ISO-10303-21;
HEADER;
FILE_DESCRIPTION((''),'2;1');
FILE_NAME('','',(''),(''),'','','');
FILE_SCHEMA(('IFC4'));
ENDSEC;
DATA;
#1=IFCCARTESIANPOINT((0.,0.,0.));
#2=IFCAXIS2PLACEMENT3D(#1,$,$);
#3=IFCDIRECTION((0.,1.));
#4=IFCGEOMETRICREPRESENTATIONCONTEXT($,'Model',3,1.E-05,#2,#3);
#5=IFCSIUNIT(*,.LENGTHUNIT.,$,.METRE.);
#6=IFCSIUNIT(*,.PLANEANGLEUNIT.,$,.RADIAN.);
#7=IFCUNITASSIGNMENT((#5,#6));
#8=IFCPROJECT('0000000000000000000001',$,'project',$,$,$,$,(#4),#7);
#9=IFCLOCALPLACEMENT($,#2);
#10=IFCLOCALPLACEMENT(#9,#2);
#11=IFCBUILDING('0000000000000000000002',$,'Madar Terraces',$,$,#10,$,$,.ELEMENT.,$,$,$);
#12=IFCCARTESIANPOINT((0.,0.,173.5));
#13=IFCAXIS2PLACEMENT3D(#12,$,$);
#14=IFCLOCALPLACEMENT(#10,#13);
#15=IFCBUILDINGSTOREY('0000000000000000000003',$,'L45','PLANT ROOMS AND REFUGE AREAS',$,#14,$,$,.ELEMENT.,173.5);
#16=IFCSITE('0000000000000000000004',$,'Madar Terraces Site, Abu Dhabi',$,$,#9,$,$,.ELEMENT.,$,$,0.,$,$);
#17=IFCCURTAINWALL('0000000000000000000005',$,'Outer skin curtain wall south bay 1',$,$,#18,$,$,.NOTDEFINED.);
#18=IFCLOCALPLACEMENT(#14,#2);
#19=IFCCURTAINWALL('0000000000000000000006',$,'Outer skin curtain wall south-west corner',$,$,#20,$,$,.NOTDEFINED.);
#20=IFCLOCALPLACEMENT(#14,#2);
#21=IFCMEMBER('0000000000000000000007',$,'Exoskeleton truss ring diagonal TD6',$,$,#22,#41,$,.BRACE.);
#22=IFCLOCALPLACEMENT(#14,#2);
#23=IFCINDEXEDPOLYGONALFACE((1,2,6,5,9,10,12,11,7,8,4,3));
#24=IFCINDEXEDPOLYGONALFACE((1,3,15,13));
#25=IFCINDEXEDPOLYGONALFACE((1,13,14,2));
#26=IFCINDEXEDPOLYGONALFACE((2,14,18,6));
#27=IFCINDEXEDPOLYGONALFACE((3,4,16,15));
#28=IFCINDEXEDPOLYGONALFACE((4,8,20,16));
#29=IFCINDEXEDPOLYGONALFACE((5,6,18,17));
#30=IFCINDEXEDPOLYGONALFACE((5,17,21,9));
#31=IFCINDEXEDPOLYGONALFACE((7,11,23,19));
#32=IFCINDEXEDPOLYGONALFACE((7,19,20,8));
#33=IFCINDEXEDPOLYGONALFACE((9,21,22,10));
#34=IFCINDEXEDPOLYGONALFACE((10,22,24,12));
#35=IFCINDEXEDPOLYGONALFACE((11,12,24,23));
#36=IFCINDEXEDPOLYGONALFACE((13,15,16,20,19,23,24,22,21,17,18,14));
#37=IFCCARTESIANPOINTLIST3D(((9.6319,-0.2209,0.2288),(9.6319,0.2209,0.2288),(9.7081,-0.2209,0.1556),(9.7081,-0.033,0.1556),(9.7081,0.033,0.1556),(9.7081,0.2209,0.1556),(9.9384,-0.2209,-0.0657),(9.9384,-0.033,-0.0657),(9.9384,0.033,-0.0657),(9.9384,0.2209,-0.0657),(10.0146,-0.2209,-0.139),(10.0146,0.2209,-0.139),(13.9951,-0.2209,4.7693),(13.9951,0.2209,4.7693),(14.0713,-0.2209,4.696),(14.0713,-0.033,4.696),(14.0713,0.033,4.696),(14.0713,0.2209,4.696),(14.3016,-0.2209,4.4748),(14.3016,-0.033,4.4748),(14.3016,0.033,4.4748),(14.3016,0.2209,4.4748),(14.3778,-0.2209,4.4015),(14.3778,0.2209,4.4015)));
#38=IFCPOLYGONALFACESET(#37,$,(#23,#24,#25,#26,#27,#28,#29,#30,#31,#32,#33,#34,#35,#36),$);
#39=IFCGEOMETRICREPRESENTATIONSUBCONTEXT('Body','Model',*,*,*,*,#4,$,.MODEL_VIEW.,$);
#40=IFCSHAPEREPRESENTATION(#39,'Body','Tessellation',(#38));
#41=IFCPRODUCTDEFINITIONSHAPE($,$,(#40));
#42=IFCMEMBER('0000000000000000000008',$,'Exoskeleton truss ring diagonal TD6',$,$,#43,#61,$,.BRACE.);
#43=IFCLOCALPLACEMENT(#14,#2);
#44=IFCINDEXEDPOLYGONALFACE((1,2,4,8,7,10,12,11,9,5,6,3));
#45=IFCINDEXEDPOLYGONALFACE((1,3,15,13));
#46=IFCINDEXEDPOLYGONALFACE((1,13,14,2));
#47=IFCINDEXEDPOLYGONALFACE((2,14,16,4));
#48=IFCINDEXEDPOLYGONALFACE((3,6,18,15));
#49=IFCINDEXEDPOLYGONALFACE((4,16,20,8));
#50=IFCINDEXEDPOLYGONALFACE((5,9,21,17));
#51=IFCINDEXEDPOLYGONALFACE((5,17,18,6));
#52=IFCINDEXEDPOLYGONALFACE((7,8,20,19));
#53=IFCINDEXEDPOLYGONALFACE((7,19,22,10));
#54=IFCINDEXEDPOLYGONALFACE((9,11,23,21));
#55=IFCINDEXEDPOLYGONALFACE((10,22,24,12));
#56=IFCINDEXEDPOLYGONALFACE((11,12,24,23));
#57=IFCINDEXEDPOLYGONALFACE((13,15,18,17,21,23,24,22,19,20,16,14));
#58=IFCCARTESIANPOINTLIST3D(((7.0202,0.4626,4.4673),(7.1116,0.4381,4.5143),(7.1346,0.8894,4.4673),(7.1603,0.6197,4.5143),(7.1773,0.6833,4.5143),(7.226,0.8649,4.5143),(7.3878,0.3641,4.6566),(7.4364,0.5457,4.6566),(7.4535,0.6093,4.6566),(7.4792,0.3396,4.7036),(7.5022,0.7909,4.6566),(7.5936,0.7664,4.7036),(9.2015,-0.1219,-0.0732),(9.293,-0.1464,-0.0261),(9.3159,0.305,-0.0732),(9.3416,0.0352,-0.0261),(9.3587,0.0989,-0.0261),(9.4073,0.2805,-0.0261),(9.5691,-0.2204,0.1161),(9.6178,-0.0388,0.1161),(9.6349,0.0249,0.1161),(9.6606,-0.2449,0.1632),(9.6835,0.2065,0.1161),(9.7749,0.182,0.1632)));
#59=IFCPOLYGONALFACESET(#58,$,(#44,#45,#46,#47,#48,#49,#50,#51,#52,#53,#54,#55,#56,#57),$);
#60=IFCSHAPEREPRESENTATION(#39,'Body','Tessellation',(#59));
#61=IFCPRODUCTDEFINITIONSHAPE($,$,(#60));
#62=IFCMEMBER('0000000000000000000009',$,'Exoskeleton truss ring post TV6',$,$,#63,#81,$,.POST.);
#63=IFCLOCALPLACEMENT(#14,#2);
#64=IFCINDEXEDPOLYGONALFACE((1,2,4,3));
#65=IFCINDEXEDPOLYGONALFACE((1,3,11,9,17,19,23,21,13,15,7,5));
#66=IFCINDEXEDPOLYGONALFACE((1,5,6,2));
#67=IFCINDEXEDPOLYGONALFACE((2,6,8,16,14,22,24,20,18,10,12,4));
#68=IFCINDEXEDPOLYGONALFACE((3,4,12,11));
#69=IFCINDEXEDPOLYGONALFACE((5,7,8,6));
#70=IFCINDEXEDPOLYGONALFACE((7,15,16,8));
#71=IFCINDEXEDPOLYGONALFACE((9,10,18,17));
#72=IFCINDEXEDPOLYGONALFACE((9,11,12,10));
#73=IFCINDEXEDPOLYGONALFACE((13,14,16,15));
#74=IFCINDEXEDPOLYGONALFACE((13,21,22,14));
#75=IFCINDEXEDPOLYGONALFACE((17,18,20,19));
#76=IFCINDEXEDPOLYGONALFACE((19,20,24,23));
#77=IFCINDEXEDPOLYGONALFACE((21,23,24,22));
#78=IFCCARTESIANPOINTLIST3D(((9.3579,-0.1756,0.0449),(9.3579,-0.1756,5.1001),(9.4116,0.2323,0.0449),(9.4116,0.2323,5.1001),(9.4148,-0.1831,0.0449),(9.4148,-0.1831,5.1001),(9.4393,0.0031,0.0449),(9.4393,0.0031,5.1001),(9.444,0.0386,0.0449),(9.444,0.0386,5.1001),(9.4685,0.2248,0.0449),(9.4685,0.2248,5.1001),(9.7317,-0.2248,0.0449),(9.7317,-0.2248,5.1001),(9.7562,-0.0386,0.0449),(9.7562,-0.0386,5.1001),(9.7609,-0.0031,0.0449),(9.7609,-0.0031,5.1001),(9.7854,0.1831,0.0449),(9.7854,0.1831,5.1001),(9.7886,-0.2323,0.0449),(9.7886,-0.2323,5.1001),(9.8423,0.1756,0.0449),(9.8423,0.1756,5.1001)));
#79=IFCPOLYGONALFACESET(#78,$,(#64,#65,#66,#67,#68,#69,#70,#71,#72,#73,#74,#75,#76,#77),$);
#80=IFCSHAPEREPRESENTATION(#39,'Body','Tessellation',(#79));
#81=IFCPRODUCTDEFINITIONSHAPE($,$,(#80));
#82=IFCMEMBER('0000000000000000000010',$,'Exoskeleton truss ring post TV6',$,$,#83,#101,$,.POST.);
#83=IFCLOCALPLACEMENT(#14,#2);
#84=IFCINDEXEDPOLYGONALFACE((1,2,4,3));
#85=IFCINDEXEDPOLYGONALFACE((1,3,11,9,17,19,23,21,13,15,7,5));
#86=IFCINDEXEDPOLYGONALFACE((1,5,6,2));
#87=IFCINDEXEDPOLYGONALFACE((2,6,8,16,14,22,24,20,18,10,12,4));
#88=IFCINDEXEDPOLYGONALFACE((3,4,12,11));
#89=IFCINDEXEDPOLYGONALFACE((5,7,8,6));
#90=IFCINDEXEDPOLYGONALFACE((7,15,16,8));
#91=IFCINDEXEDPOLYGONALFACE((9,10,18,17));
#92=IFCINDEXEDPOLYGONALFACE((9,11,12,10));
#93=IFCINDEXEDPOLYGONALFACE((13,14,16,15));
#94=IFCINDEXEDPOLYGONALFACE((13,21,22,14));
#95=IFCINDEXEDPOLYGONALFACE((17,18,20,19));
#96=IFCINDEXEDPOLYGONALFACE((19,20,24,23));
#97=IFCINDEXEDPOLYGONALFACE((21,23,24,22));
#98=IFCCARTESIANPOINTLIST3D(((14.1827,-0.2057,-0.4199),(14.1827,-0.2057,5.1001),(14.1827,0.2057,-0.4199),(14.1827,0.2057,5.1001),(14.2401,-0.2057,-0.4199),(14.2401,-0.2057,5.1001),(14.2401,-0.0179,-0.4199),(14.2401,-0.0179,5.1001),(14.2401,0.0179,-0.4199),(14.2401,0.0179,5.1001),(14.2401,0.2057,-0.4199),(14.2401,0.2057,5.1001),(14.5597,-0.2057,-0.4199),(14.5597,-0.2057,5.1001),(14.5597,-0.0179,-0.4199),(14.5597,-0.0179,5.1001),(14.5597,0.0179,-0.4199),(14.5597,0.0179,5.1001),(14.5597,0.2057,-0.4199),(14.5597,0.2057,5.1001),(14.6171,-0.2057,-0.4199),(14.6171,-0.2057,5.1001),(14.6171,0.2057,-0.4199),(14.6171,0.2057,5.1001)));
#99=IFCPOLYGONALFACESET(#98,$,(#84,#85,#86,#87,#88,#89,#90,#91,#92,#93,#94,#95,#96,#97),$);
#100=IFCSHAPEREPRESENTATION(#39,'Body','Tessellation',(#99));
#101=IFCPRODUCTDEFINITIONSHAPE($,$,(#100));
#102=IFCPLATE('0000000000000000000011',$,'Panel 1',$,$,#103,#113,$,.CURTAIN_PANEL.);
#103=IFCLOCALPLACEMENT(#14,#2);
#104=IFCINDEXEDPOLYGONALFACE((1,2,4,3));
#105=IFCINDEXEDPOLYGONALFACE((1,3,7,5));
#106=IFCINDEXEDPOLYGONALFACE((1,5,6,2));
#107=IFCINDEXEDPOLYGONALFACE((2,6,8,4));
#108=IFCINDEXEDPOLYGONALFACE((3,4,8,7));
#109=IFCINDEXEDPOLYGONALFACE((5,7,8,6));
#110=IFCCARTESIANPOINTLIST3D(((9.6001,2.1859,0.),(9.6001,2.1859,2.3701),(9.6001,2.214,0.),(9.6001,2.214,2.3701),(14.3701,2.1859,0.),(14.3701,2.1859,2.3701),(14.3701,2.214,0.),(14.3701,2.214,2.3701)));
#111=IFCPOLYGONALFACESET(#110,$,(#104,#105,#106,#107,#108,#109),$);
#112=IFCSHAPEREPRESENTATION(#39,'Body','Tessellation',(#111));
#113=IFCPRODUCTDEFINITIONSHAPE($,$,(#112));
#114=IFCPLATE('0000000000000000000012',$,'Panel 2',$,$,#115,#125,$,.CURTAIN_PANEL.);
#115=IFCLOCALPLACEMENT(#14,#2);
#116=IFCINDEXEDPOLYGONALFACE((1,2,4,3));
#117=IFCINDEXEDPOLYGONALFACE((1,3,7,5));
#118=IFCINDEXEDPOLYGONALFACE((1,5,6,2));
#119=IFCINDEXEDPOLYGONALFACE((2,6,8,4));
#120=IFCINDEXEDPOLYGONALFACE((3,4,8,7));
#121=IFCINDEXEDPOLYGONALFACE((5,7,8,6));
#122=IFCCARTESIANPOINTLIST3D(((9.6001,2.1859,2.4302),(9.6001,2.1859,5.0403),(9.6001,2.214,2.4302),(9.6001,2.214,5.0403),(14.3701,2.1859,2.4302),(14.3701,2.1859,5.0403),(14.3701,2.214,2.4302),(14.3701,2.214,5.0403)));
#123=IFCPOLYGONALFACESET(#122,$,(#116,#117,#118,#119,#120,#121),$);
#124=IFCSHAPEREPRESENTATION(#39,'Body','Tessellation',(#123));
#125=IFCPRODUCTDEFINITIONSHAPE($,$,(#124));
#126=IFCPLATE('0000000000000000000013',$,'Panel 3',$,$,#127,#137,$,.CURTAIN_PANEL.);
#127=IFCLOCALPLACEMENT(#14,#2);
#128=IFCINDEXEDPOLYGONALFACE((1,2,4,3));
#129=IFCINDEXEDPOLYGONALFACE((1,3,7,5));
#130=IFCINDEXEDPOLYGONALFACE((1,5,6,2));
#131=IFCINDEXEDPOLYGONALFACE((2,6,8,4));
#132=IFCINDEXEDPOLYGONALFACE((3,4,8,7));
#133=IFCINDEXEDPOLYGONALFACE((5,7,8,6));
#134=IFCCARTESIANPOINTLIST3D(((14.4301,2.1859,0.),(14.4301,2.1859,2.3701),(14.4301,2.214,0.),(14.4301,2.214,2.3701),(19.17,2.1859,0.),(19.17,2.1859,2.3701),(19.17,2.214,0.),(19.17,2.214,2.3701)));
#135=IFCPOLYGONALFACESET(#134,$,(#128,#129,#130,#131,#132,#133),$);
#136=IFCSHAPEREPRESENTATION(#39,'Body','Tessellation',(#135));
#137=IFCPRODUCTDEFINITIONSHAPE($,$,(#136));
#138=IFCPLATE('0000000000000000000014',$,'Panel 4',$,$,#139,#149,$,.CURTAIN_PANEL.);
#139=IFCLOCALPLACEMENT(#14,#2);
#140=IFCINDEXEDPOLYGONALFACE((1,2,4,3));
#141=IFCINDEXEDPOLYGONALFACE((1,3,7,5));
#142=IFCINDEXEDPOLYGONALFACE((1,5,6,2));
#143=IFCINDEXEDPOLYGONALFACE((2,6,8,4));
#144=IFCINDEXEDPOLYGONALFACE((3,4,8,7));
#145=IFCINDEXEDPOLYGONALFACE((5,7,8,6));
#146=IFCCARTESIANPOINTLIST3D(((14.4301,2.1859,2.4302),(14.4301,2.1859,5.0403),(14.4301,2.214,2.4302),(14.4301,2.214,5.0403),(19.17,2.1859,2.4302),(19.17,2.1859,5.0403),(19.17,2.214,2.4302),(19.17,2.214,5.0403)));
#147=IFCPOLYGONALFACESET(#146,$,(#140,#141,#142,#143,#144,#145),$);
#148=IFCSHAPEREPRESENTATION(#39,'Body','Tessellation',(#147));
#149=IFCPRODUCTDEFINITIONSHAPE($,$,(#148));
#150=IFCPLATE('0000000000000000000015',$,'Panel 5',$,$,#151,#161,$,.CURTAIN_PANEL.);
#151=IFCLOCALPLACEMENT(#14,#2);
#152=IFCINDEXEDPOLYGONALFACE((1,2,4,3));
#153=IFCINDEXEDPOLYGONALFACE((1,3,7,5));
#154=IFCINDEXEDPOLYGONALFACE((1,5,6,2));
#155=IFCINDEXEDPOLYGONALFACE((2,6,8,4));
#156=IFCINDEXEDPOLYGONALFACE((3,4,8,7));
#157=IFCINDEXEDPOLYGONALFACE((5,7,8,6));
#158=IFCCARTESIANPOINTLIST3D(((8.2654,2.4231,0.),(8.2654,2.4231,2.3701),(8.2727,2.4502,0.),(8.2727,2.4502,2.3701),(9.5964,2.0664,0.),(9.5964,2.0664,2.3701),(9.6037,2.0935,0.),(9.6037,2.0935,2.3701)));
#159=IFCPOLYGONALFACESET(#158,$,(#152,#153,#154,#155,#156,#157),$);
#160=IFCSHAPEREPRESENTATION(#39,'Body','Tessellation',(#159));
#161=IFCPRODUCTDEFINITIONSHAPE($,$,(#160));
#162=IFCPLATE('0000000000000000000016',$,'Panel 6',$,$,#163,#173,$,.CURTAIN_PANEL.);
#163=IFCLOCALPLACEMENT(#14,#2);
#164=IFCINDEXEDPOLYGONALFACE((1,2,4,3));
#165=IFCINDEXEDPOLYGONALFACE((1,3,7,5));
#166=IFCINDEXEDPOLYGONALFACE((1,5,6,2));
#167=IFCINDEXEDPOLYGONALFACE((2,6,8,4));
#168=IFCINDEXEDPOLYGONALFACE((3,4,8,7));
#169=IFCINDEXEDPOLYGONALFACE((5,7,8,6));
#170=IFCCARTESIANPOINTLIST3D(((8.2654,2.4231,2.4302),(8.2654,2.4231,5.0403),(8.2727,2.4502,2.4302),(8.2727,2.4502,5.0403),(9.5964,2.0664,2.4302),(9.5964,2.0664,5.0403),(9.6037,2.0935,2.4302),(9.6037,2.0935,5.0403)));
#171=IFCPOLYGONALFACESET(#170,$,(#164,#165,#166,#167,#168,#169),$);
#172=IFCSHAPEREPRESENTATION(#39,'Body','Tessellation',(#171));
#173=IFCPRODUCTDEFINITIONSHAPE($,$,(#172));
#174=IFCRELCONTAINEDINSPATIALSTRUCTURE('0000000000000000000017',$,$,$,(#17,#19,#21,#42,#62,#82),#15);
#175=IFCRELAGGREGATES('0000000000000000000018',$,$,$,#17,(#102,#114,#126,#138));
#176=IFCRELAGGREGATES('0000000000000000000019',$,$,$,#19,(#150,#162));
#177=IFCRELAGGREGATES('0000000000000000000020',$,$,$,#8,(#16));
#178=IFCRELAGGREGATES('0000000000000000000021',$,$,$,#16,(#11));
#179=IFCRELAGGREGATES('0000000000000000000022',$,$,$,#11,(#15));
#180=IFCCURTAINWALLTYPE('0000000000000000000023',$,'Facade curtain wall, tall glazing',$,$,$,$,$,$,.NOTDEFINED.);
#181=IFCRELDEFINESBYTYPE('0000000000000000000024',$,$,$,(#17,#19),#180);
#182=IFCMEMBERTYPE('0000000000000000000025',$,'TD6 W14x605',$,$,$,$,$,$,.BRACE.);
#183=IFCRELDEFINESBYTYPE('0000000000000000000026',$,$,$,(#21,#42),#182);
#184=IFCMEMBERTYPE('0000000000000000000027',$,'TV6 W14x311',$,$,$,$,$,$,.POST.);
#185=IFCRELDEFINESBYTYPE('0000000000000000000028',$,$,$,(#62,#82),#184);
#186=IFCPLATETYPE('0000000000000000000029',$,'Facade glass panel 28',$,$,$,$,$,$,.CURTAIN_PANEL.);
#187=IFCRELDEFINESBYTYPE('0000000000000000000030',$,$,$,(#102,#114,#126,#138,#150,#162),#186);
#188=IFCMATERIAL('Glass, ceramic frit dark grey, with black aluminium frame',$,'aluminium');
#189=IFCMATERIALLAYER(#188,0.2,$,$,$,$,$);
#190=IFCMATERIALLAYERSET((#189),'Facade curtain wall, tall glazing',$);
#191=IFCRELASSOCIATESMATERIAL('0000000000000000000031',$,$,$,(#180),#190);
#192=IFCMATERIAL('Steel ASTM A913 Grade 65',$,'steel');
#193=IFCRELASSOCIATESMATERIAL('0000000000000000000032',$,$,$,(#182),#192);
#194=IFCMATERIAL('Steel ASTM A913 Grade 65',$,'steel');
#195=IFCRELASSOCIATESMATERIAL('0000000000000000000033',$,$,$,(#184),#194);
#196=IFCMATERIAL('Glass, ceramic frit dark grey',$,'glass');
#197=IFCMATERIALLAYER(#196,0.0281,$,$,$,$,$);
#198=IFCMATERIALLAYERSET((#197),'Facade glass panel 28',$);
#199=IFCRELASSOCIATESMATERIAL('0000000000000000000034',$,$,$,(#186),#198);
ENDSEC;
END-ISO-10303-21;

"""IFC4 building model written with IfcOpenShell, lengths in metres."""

from ifc_helpers import new_model, si_unit, direction, frame, origin, origin_2d, place, context, subcontext, project, spatial, rectangle, i_section, extrude, material, layer, layer_set, material_profile, profile_set, type_object, element, aggregate, save


model = new_model("IFC4")

# Units and contexts
model_context = context("Model", 3, precision=1e-05, world=origin(), true_north=direction((0.0, 1.0)))
body_context = subcontext(model_context, "Body", "Model", "MODEL_VIEW")
ifc_project = project(units=[si_unit("LENGTHUNIT", "METRE"), si_unit("PLANEANGLEUNIT", "RADIAN")], contexts=[model_context])

# Site, building, storey
site_placement = place(None, origin())
site = spatial("IfcSite", under=ifc_project, at=site_placement, Name="Madar Terraces Site, Abu Dhabi", CompositionType="ELEMENT", RefElevation=0.0)
building_placement = place(site_placement, origin())
building = spatial("IfcBuilding", under=site, at=building_placement, Name="Madar Terraces", CompositionType="ELEMENT")
storey_placement = place(building_placement, frame((0.0, 0.0, 173.5)))
storey = spatial("IfcBuildingStorey", under=building, at=storey_placement, Name="L45", Description="PLANT ROOMS AND REFUGE AREAS", CompositionType="ELEMENT", Elevation=173.5)

# Curtain walls
ifc_material_1 = material(Name="Glass, ceramic frit dark grey, with black aluminium frame", Category="aluminium")
ifc_layer_1 = layer(ifc_material_1, 0.2)
ifc_layer_set_1 = layer_set([ifc_layer_1], Name="Facade curtain wall, tall glazing")
curtain_wall_type = type_object("IfcCurtainWallType", Name="Facade curtain wall, tall glazing", PredefinedType="NOTDEFINED", material=ifc_layer_set_1)
curtain_wall_1_placement = place(storey_placement, origin())
curtain_wall_1 = element("IfcCurtainWall", 1, at=curtain_wall_1_placement, inside=storey, type_object=curtain_wall_type, Name="Outer skin curtain wall south bay 1", PredefinedType="NOTDEFINED")
curtain_wall_2_placement = place(storey_placement, origin())
curtain_wall_2 = element("IfcCurtainWall", 2, at=curtain_wall_2_placement, inside=storey, type_object=curtain_wall_type, Name="Outer skin curtain wall south-west corner", PredefinedType="NOTDEFINED")

# Members
ifc_material_2 = material(Name="Steel ASTM A913 Grade 65", Category="steel")
ifc_material_profile_1 = material_profile(ifc_material_2, i_section(OverallWidth=0.4419, OverallDepth=0.5308, WebThickness=0.0659, FlangeThickness=0.1057, at=origin_2d()), Name="W14x605")
ifc_profile_set_1 = profile_set([ifc_material_profile_1], Name="Steel ASTM A913 Grade 65")
member_type_1 = type_object("IfcMemberType", Name="TD6 W14x605", PredefinedType="BRACE", material=ifc_profile_set_1)
member_1_placement = place(storey_placement, frame((9.8232, 0.0, 0.0449), z_axis=(0.692893, 0.0, 0.72104), x_axis=(0.0, 1.0, 0.0)))
element("IfcMember", 3, at=member_1_placement, inside=storey, type_object=member_type_1, Name="Exoskeleton truss ring diagonal TD6", PredefinedType="BRACE", context=body_context, shape_type="SweptSolid", body=[
    extrude(i_section(OverallWidth=0.4419, OverallDepth=0.5308, WebThickness=0.0659, FlangeThickness=0.1057, at=origin_2d()), origin(), (0.0, 0.0, 1.0), 6.2971),
])
member_2_placement = place(storey_placement, frame((7.3069, 0.6145, 4.5854), z_axis=(0.430159, -0.115255, -0.895366), x_axis=(0.258806, 0.965929, 0.0)))
element("IfcMember", 4, at=member_2_placement, inside=storey, type_object=member_type_1, Name="Exoskeleton truss ring diagonal TD6", PredefinedType="BRACE", context=body_context, shape_type="SweptSolid", body=[
    extrude(i_section(OverallWidth=0.4419, OverallDepth=0.5308, WebThickness=0.0659, FlangeThickness=0.1057, at=origin_2d()), origin(), (0.0, 0.0, 1.0), 5.071),
])
ifc_material_3 = material(Name="Steel ASTM A913 Grade 65", Category="steel")
ifc_material_profile_2 = material_profile(ifc_material_3, i_section(OverallWidth=0.4114, OverallDepth=0.4343, WebThickness=0.0359, FlangeThickness=0.0574, at=origin_2d()), Name="W14x311")
ifc_profile_set_2 = profile_set([ifc_material_profile_2], Name="Steel ASTM A913 Grade 65")
member_type_2 = type_object("IfcMemberType", Name="TV6 W14x311", PredefinedType="POST", material=ifc_profile_set_2)
member_3_placement = place(storey_placement, frame((9.6001, 0.0, 0.0449), z_axis=(0.0, 0.0, 1.0), x_axis=(0.130526, 0.991445, 0.0)))
element("IfcMember", 5, at=member_3_placement, inside=storey, type_object=member_type_2, Name="Exoskeleton truss ring post TV6", PredefinedType="POST", context=body_context, shape_type="SweptSolid", body=[
    extrude(i_section(OverallWidth=0.4114, OverallDepth=0.4343, WebThickness=0.0359, FlangeThickness=0.0574, at=origin_2d()), origin(), (0.0, 0.0, 1.0), 5.0552),
])
member_4_placement = place(storey_placement, frame((14.3999, 0.0, -0.4199), z_axis=(0.0, 0.0, 1.0), x_axis=(0.0, 1.0, 0.0)))
element("IfcMember", 6, at=member_4_placement, inside=storey, type_object=member_type_2, Name="Exoskeleton truss ring post TV6", PredefinedType="POST", context=body_context, shape_type="SweptSolid", body=[
    extrude(i_section(OverallWidth=0.4114, OverallDepth=0.4343, WebThickness=0.0359, FlangeThickness=0.0574, at=origin_2d()), origin(), (0.0, 0.0, 1.0), 5.52),
])

# Plates
ifc_material_4 = material(Name="Glass, ceramic frit dark grey", Category="glass")
ifc_layer_2 = layer(ifc_material_4, 0.0281)
ifc_layer_set_2 = layer_set([ifc_layer_2], Name="Facade glass panel 28")
plate_type = type_object("IfcPlateType", Name="Facade glass panel 28", PredefinedType="CURTAIN_PANEL", material=ifc_layer_set_2)
plate_1_placement = place(storey_placement, frame((11.9851, 2.2, 0.0), z_axis=(0.0, 0.0, 1.0), x_axis=(1.0, 0.0, 0.0)))
plate_1 = element("IfcPlate", 7, at=plate_1_placement, type_object=plate_type, Name="Panel 1", PredefinedType="CURTAIN_PANEL", context=body_context, shape_type="SweptSolid", body=[
    extrude(rectangle(XDim=4.77, YDim=0.0281, at=origin_2d()), origin(), (0.0, 0.0, 1.0), 2.3701),
])
plate_2_placement = place(storey_placement, frame((11.9851, 2.2, 2.4302), z_axis=(0.0, 0.0, 1.0), x_axis=(1.0, 0.0, 0.0)))
plate_2 = element("IfcPlate", 8, at=plate_2_placement, type_object=plate_type, Name="Panel 2", PredefinedType="CURTAIN_PANEL", context=body_context, shape_type="SweptSolid", body=[
    extrude(rectangle(XDim=4.77, YDim=0.0281, at=origin_2d()), origin(), (0.0, 0.0, 1.0), 2.6101),
])
plate_3_placement = place(storey_placement, frame((16.8, 2.2, 0.0), z_axis=(0.0, 0.0, 1.0), x_axis=(1.0, 0.0, 0.0)))
plate_3 = element("IfcPlate", 9, at=plate_3_placement, type_object=plate_type, Name="Panel 3", PredefinedType="CURTAIN_PANEL", context=body_context, shape_type="SweptSolid", body=[
    extrude(rectangle(XDim=4.74, YDim=0.0281, at=origin_2d()), origin(), (0.0, 0.0, 1.0), 2.3701),
])
plate_4_placement = place(storey_placement, frame((16.8, 2.2, 2.4302), z_axis=(0.0, 0.0, 1.0), x_axis=(1.0, 0.0, 0.0)))
plate_4 = element("IfcPlate", 10, at=plate_4_placement, type_object=plate_type, Name="Panel 4", PredefinedType="CURTAIN_PANEL", context=body_context, shape_type="SweptSolid", body=[
    extrude(rectangle(XDim=4.74, YDim=0.0281, at=origin_2d()), origin(), (0.0, 0.0, 1.0), 2.6101),
])
aggregate(curtain_wall_1, [plate_1, plate_2, plate_3, plate_4])
plate_5_placement = place(storey_placement, frame((8.9346, 2.2583, 0.0), z_axis=(0.0, 0.0, 1.0), x_axis=(0.965926, -0.258819, 0.0)))
plate_5 = element("IfcPlate", 11, at=plate_5_placement, type_object=plate_type, Name="Panel 5", PredefinedType="CURTAIN_PANEL", context=body_context, shape_type="SweptSolid", body=[
    extrude(rectangle(XDim=1.3779, YDim=0.0281, at=origin_2d()), origin(), (0.0, 0.0, 1.0), 2.3701),
])
plate_6_placement = place(storey_placement, frame((8.9346, 2.2583, 2.4302), z_axis=(0.0, 0.0, 1.0), x_axis=(0.965926, -0.258819, 0.0)))
plate_6 = element("IfcPlate", 12, at=plate_6_placement, type_object=plate_type, Name="Panel 6", PredefinedType="CURTAIN_PANEL", context=body_context, shape_type="SweptSolid", body=[
    extrude(rectangle(XDim=1.3779, YDim=0.0281, at=origin_2d()), origin(), (0.0, 0.0, 1.0), 2.6101),
])
aggregate(curtain_wall_2, [plate_5, plate_6])

save(model, "model.ifc")
